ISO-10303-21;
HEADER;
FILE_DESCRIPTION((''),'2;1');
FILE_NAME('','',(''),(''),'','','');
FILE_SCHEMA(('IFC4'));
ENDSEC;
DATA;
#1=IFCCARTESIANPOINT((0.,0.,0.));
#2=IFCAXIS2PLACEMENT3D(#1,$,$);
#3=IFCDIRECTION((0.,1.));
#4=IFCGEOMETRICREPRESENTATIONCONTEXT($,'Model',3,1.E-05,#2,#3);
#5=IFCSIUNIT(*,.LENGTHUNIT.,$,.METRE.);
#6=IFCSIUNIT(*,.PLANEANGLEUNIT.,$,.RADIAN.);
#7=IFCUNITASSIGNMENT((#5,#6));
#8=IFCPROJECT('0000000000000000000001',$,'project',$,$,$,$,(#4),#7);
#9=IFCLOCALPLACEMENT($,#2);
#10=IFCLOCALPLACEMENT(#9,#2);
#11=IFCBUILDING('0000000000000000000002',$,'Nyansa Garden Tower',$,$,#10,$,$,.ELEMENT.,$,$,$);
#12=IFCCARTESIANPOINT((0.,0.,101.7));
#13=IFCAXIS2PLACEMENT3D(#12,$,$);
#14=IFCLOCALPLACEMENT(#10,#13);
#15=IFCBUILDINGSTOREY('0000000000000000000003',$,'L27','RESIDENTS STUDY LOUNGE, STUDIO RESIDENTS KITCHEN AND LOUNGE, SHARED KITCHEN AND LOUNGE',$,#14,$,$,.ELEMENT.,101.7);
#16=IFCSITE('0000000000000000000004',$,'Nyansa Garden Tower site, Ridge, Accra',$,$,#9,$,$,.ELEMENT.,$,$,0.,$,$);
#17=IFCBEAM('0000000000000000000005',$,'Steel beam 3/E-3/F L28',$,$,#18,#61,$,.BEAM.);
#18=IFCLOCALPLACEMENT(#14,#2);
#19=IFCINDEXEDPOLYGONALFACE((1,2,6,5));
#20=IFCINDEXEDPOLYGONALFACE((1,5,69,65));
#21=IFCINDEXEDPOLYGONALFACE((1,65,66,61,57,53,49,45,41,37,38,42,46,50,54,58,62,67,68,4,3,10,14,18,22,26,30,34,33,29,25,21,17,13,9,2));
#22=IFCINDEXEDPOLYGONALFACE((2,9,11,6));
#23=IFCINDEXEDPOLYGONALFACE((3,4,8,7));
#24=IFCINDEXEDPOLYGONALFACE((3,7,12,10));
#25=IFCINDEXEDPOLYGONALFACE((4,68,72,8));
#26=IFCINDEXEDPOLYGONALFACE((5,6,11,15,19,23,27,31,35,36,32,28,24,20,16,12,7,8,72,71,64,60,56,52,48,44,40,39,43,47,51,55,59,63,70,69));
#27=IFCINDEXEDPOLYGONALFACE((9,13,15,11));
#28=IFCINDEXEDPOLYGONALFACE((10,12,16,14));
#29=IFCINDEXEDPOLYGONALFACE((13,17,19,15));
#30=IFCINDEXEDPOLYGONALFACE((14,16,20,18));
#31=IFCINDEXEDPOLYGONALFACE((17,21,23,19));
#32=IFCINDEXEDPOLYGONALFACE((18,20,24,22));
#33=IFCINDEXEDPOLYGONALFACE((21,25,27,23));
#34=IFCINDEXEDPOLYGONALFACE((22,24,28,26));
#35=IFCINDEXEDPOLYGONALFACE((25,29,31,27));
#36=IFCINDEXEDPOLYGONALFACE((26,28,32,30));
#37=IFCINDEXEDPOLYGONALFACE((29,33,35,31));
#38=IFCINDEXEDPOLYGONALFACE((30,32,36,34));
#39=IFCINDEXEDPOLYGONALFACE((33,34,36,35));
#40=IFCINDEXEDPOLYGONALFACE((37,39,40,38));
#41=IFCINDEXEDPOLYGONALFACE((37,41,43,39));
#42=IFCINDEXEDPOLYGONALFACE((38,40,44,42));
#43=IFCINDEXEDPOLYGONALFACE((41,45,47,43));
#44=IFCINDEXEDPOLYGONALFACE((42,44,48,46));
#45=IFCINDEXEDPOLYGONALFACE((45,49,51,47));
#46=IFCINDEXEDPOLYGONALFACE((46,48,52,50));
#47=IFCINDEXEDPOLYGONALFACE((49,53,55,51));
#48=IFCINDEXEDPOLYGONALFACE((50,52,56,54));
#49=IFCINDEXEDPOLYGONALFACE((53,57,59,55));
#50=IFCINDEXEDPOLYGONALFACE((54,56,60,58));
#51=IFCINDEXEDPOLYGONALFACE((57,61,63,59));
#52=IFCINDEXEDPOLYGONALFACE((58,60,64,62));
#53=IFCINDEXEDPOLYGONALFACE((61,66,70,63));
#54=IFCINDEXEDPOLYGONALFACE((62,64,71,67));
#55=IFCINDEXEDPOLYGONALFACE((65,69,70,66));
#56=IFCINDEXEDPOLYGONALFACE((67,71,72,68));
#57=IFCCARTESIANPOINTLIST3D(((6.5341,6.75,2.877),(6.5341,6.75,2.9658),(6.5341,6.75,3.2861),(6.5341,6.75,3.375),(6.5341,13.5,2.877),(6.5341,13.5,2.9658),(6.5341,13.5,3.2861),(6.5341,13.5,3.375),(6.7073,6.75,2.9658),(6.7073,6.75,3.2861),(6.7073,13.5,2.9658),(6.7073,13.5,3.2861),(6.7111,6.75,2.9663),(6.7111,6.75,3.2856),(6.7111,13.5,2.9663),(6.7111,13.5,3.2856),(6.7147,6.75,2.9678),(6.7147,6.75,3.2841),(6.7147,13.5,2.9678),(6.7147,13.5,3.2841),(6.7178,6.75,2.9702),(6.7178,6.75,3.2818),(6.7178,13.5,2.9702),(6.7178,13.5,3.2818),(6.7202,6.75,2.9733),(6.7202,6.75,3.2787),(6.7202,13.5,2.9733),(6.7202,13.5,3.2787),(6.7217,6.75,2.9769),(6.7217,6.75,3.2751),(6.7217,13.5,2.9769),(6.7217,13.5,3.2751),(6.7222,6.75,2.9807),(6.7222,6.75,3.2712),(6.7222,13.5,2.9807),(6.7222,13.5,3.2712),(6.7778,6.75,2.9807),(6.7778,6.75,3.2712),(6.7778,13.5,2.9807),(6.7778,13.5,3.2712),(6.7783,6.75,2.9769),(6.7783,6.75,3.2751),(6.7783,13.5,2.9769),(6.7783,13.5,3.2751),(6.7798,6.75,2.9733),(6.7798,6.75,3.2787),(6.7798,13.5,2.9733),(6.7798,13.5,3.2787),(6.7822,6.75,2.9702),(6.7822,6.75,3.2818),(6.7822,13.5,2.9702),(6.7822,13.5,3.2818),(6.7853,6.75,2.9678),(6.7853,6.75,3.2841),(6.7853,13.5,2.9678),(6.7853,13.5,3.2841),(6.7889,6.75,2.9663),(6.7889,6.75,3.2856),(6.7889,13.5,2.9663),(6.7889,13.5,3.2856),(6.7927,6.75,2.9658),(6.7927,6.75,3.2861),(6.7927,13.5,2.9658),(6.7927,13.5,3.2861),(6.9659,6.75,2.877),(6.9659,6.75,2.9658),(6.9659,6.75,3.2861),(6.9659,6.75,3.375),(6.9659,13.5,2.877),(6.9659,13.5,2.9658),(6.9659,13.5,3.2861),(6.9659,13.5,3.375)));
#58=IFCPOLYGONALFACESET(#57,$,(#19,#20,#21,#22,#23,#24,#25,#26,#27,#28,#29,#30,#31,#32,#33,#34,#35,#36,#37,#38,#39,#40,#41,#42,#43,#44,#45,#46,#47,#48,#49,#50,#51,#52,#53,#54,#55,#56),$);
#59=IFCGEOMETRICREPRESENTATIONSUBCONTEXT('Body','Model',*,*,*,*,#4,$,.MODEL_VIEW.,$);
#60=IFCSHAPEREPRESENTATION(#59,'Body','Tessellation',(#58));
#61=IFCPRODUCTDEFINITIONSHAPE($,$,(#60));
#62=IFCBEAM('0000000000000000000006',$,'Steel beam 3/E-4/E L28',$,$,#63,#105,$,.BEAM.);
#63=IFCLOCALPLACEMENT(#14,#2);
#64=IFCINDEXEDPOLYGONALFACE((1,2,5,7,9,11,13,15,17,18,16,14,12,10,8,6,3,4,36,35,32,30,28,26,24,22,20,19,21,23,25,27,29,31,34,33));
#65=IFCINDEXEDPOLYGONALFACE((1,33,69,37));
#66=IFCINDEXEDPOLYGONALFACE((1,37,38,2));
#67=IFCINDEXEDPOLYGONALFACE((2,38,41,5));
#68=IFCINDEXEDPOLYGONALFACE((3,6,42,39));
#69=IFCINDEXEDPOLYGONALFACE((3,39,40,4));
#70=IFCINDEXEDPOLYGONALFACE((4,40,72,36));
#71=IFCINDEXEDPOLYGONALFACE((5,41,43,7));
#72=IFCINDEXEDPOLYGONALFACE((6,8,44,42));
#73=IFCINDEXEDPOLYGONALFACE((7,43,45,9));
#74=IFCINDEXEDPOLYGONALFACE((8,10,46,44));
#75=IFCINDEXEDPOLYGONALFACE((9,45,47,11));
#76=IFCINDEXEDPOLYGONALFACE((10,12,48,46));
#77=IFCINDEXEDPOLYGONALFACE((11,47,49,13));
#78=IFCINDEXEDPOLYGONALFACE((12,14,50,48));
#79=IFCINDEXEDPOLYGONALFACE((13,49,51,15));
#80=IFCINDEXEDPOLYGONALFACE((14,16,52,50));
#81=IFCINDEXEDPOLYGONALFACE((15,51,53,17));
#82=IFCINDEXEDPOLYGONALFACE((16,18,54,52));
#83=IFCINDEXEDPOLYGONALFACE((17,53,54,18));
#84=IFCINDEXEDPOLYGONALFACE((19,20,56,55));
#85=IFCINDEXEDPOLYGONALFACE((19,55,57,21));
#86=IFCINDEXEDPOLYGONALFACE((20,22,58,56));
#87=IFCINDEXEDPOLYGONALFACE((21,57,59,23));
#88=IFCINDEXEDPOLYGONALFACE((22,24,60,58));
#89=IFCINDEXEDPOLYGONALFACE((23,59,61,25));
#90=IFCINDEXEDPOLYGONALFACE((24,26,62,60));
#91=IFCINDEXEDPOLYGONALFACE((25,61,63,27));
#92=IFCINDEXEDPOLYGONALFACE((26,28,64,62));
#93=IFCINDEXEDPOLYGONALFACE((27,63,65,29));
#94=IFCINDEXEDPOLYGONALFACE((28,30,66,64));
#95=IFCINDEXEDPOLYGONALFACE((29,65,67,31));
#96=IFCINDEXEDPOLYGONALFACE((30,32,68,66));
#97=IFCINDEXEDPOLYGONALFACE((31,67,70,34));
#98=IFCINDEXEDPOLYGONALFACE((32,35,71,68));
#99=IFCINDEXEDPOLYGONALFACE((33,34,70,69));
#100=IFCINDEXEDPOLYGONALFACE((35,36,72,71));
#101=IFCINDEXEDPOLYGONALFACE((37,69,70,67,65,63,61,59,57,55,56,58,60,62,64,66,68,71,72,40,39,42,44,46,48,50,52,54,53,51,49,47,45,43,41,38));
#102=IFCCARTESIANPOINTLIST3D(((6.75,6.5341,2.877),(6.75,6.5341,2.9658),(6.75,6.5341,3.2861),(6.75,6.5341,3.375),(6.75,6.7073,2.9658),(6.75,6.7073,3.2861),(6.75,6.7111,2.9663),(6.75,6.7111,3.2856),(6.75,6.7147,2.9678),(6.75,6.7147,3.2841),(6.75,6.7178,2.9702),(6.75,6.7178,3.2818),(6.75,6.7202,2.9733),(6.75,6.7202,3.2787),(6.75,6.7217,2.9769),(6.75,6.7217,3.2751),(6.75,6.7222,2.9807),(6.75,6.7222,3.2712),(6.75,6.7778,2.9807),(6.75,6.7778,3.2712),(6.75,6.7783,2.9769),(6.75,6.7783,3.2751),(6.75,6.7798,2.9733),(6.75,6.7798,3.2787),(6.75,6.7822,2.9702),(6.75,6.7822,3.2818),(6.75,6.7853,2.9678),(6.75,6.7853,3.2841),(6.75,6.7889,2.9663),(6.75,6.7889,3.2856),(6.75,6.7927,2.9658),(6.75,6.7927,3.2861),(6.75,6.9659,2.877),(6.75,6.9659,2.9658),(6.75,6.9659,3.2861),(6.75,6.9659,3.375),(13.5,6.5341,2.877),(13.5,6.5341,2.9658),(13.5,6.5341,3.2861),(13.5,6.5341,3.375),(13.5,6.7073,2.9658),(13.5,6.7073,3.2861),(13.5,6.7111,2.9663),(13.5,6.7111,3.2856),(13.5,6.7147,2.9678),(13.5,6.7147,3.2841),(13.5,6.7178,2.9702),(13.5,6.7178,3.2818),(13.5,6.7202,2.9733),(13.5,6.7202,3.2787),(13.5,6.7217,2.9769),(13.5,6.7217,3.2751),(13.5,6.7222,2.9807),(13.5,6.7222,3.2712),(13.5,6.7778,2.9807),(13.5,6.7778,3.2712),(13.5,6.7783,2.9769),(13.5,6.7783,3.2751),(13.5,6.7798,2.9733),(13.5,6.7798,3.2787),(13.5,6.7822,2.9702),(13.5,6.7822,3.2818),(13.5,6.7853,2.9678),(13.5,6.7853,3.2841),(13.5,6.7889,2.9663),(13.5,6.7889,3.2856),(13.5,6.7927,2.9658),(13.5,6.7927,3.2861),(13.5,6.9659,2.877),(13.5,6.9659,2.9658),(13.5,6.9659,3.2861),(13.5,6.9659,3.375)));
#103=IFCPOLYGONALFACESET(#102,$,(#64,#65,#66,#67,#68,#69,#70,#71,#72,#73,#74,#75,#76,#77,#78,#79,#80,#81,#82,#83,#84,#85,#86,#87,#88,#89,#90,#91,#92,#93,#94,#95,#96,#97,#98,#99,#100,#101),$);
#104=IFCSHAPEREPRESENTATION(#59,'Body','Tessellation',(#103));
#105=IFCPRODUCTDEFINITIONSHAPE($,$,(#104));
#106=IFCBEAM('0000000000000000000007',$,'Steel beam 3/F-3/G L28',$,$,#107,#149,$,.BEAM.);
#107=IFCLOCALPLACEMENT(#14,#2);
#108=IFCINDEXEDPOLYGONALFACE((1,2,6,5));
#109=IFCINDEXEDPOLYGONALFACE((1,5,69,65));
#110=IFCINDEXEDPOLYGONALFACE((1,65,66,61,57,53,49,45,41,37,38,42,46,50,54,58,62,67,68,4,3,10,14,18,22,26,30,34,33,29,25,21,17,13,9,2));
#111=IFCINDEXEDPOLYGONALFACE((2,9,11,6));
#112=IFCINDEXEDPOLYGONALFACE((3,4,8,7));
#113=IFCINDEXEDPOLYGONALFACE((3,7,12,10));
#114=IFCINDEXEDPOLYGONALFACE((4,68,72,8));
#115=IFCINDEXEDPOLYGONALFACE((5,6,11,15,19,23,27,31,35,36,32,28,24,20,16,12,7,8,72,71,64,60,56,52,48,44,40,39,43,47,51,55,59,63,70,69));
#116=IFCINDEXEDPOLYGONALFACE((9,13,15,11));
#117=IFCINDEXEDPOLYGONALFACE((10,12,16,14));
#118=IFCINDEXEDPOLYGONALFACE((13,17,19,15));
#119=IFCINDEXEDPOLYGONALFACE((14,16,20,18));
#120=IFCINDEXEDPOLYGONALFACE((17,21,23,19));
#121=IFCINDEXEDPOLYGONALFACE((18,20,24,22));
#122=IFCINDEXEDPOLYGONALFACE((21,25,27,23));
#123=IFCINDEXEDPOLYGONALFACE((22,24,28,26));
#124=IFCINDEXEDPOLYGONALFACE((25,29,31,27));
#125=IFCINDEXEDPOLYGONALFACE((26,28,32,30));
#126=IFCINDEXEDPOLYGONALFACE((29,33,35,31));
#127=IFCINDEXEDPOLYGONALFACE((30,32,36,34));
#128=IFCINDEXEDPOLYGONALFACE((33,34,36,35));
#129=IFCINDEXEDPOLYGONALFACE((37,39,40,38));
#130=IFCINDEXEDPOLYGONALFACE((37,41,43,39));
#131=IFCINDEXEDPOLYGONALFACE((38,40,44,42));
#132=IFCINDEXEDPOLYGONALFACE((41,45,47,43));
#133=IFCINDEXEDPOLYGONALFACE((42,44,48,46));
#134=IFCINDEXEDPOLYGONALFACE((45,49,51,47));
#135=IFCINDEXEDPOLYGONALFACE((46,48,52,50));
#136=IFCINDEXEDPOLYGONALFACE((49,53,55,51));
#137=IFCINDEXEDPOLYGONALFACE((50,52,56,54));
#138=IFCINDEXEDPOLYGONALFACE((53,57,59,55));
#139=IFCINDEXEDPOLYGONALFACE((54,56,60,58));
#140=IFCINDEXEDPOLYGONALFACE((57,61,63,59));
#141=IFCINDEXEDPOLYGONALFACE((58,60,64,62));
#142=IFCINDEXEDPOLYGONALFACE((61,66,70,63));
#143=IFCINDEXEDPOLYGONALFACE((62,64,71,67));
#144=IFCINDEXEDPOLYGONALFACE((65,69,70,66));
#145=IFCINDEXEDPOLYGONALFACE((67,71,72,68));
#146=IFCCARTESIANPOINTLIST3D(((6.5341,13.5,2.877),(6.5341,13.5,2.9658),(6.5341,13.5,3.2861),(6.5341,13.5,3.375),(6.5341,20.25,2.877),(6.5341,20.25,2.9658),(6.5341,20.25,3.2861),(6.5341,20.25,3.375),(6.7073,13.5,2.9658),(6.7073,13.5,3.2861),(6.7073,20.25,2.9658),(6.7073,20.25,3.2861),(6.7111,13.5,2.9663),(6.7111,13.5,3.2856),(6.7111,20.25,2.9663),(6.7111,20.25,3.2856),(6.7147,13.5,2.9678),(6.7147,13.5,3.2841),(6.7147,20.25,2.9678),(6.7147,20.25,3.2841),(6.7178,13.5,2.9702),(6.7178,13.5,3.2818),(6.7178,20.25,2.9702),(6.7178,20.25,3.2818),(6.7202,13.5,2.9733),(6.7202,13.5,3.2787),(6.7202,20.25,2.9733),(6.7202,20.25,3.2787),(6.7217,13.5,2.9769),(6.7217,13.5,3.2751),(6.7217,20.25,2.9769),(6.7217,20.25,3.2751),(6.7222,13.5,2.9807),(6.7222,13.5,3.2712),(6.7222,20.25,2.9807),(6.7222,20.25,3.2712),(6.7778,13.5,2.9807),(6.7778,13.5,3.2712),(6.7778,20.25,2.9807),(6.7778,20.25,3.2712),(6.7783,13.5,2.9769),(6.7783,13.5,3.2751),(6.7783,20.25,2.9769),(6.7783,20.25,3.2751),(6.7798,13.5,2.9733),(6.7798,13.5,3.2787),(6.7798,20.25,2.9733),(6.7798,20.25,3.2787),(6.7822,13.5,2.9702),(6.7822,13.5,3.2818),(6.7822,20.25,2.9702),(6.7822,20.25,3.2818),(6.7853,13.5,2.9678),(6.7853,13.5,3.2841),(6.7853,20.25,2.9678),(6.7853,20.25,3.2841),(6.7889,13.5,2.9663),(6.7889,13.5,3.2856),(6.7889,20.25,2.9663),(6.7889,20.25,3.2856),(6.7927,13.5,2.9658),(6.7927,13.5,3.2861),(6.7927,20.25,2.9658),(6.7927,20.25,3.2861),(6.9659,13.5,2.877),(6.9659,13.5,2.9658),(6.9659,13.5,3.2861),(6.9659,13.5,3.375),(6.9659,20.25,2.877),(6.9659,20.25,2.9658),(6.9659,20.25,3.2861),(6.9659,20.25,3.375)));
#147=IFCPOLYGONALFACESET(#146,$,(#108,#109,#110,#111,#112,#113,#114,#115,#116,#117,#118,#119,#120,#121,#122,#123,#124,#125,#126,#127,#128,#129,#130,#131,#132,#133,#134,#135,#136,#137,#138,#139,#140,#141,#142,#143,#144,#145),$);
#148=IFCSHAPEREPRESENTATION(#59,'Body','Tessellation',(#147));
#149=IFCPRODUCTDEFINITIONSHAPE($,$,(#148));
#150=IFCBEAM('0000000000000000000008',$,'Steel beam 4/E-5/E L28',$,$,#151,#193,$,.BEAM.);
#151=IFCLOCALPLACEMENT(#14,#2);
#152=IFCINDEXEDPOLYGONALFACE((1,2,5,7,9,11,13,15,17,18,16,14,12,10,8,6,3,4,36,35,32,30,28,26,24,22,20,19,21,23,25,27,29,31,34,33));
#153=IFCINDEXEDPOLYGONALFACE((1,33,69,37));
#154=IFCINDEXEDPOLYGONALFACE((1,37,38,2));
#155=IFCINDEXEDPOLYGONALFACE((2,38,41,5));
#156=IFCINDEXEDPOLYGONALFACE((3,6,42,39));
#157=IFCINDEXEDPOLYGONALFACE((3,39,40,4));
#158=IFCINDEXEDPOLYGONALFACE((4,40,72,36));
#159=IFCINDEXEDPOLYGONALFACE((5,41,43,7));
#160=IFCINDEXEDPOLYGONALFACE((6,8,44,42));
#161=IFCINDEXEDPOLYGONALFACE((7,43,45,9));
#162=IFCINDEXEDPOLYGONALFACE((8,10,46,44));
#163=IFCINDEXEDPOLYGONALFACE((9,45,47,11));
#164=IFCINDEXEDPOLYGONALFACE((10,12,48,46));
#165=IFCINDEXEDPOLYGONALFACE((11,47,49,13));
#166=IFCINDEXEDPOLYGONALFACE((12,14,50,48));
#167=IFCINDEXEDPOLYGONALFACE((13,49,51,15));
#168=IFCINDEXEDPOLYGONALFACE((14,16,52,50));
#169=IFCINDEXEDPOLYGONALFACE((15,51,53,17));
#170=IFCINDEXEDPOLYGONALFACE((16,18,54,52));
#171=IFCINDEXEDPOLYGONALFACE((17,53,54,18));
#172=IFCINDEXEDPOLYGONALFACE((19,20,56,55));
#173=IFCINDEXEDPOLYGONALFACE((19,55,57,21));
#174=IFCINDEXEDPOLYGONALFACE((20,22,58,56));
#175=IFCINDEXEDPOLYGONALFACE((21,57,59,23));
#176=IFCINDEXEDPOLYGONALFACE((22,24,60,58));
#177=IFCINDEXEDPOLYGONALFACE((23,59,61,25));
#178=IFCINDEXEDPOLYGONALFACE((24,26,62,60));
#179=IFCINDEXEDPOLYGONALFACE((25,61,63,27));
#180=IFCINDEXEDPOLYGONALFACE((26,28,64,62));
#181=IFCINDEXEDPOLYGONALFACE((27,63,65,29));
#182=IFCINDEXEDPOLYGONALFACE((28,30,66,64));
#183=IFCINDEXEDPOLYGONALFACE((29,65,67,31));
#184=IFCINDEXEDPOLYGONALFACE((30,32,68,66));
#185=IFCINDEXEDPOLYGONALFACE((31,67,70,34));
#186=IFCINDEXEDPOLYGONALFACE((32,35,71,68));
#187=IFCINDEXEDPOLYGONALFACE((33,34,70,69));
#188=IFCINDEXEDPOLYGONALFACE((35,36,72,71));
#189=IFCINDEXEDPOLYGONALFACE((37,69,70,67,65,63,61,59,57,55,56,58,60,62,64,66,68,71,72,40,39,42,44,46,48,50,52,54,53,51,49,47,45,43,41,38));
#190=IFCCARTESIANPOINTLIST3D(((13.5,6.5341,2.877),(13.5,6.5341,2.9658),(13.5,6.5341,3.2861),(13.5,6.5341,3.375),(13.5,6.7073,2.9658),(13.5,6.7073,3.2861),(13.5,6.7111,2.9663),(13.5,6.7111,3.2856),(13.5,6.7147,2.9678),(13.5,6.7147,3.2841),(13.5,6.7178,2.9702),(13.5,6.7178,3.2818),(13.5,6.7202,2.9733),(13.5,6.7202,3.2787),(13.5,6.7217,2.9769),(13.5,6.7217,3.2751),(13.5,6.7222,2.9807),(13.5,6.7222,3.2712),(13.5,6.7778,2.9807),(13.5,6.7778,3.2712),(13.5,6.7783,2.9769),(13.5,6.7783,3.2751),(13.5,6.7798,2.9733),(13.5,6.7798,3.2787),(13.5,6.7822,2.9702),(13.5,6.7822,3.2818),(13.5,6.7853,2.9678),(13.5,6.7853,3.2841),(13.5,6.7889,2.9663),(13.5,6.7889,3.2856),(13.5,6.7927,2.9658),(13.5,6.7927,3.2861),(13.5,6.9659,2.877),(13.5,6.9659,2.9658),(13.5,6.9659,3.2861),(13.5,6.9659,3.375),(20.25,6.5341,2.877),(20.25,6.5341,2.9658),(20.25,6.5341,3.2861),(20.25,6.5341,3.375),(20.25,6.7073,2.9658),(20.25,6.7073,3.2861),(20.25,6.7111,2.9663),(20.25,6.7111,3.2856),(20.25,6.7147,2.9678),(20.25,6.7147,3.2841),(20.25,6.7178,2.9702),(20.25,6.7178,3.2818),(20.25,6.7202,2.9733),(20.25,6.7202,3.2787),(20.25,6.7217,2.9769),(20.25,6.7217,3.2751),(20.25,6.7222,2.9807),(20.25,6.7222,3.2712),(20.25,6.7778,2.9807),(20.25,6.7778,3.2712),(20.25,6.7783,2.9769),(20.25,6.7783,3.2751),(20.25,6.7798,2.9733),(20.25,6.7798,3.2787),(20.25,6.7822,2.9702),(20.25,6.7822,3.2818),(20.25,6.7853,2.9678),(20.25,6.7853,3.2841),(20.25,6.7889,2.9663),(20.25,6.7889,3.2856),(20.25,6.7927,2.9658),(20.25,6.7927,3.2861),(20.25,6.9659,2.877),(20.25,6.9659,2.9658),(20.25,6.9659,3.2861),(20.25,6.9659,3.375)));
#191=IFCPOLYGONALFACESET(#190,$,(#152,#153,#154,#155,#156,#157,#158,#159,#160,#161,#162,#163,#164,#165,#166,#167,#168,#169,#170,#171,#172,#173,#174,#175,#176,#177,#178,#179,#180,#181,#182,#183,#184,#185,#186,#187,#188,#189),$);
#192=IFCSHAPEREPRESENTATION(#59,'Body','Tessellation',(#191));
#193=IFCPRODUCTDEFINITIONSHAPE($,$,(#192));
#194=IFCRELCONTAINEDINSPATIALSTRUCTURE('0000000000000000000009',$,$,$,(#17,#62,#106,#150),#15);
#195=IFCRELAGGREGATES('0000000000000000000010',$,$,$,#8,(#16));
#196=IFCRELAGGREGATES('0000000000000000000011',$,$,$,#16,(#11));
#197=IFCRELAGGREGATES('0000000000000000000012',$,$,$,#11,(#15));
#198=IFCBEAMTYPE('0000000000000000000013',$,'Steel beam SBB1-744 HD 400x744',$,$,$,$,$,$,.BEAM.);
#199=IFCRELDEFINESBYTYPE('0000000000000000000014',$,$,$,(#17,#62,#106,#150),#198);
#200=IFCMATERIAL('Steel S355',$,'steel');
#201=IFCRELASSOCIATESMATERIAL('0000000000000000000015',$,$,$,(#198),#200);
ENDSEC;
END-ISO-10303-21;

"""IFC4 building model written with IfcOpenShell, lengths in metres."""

from ifc_helpers import new_model, si_unit, direction, frame, origin, origin_2d, place, context, subcontext, project, spatial, i_section, extrude, material, material_profile, profile_set, type_object, element, save


model = new_model("IFC4")

# Units and contexts
model_context = context("Model", 3, precision=1e-05, world=origin(), true_north=direction((0.0, 1.0)))
body_context = subcontext(model_context, "Body", "Model", "MODEL_VIEW")
ifc_project = project(units=[si_unit("LENGTHUNIT", "METRE"), si_unit("PLANEANGLEUNIT", "RADIAN")], contexts=[model_context])

# Site, building, storey
site_placement = place(None, origin())
site = spatial("IfcSite", under=ifc_project, at=site_placement, Name="Nyansa Garden Tower site, Ridge, Accra", CompositionType="ELEMENT", RefElevation=0.0)
building_placement = place(site_placement, origin())
building = spatial("IfcBuilding", under=site, at=building_placement, Name="Nyansa Garden Tower", CompositionType="ELEMENT")
storey_placement = place(building_placement, frame((0.0, 0.0, 101.7)))
storey = spatial("IfcBuildingStorey", under=building, at=storey_placement, Name="L27", Description="RESIDENTS STUDY LOUNGE, STUDIO RESIDENTS KITCHEN AND LOUNGE, SHARED KITCHEN AND LOUNGE", CompositionType="ELEMENT", Elevation=101.7)

# Beams
ifc_material_1 = material(Name="Steel S355", Category="steel")
ifc_material_profile_1 = material_profile(ifc_material_1, i_section(OverallWidth=0.4319, OverallDepth=0.498, WebThickness=0.0557, FlangeThickness=0.0889, FilletRadius=0.0149, at=origin_2d()), Name="HD 400x744")
ifc_profile_set_1 = profile_set([ifc_material_profile_1], Name="Steel S355")
beam_type_1 = type_object("IfcBeamType", Name="Steel beam SBB1-744 HD 400x744", PredefinedType="BEAM", material=ifc_profile_set_1)
for number, where, z_axis, x_axis, name in (
    (1, (6.75, 6.75, 3.126), (0.0, 1.0, 0.0), (-1.0, 0.0, 0.0), "Steel beam 3/E-3/F L28"),
    (2, (6.75, 6.75, 3.126), (1.0, 0.0, 0.0), (0.0, 1.0, 0.0), "Steel beam 3/E-4/E L28"),
    (3, (6.75, 13.5, 3.126), (0.0, 1.0, 0.0), (-1.0, 0.0, 0.0), "Steel beam 3/F-3/G L28"),
    (4, (13.5, 6.75, 3.126), (1.0, 0.0, 0.0), (0.0, 1.0, 0.0), "Steel beam 4/E-5/E L28"),
):
    element("IfcBeam", number, at=place(storey_placement, frame(where, z_axis=z_axis, x_axis=x_axis)), inside=storey, type_object=beam_type_1, Name=name, PredefinedType="BEAM", context=body_context, shape_type="SweptSolid", body=[
        extrude(i_section(OverallWidth=0.4319, OverallDepth=0.498, WebThickness=0.0557, FlangeThickness=0.0889, FilletRadius=0.0149, at=origin_2d()), origin(), (0.0, 0.0, 1.0), 6.75),
    ])

save(model, "model.ifc")
